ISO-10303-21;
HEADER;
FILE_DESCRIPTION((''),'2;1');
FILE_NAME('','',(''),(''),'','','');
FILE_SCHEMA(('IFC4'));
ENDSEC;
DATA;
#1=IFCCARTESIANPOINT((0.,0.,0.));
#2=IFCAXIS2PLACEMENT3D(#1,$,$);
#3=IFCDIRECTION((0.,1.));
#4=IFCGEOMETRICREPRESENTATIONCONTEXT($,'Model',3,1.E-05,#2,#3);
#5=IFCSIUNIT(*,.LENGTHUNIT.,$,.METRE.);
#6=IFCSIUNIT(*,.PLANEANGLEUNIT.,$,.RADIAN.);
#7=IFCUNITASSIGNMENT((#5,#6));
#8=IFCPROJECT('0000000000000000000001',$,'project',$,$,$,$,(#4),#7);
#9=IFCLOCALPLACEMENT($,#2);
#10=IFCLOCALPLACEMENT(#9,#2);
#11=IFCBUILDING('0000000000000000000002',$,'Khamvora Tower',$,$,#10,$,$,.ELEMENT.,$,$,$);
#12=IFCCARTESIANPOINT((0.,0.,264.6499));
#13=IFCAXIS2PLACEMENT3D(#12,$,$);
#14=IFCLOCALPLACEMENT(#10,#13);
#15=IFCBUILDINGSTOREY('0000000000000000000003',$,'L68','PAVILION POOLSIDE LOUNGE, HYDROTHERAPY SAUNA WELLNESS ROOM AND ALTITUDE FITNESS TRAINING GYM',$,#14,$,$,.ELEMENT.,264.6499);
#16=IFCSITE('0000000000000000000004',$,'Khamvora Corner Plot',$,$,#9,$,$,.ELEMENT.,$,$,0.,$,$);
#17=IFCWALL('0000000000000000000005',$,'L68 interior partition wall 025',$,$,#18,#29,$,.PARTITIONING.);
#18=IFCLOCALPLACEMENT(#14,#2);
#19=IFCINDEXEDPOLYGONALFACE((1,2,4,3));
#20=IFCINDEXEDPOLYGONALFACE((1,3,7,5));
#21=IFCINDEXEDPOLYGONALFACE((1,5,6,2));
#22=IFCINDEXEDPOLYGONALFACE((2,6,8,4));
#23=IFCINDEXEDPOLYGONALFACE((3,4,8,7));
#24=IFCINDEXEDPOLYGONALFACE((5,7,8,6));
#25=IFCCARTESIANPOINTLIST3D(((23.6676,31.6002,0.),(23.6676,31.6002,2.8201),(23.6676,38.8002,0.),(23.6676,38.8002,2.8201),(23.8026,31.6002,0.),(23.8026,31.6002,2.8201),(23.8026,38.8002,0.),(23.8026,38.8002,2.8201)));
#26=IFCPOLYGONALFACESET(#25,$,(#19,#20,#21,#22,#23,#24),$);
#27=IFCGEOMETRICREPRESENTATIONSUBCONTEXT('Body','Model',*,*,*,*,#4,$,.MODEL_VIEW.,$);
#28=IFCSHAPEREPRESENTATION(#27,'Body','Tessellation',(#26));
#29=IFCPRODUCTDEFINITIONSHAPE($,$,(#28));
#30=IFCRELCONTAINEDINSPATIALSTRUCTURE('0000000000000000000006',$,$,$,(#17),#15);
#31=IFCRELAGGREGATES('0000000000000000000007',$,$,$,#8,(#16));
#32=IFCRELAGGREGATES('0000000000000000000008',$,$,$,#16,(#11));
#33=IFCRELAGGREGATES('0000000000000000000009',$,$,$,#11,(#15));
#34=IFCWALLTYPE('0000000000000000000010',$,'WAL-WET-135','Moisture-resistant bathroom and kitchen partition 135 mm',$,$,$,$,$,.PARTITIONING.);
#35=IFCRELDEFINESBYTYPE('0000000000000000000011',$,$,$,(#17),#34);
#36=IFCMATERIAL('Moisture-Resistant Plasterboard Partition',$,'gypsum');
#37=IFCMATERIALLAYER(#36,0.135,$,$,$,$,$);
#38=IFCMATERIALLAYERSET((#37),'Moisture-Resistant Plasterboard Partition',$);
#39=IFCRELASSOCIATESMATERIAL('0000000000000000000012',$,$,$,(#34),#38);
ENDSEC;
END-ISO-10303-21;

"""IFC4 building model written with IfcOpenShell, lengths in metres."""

from ifc_helpers import new_model, si_unit, direction, frame, frame_2d, origin, place, context, subcontext, project, spatial, rectangle, extrude, material, layer, layer_set, type_object, element, save


model = new_model("IFC4")

# Units and contexts
model_context = context("Model", 3, precision=1e-05, world=origin(), true_north=direction((0.0, 1.0)))
body_context = subcontext(model_context, "Body", "Model", "MODEL_VIEW")
ifc_project = project(units=[si_unit("LENGTHUNIT", "METRE"), si_unit("PLANEANGLEUNIT", "RADIAN")], contexts=[model_context])

# Site, building, storey
site_placement = place(None, origin())
site = spatial("IfcSite", under=ifc_project, at=site_placement, Name="Khamvora Corner Plot", CompositionType="ELEMENT", RefElevation=0.0)
building_placement = place(site_placement, origin())
building = spatial("IfcBuilding", under=site, at=building_placement, Name="Khamvora Tower", CompositionType="ELEMENT")
storey_placement = place(building_placement, frame((0.0, 0.0, 264.6499)))
storey = spatial("IfcBuildingStorey", under=building, at=storey_placement, Name="L68", Description="PAVILION POOLSIDE LOUNGE, HYDROTHERAPY SAUNA WELLNESS ROOM AND ALTITUDE FITNESS TRAINING GYM", CompositionType="ELEMENT", Elevation=264.6499)

# Wall
ifc_material_1 = material(Name="Moisture-Resistant Plasterboard Partition", Category="gypsum")
ifc_layer_1 = layer(ifc_material_1, 0.135)
ifc_layer_set_1 = layer_set([ifc_layer_1], Name="Moisture-Resistant Plasterboard Partition")
wall_type_1 = type_object("IfcWallType", Name="WAL-WET-135", Description="Moisture-resistant bathroom and kitchen partition 135 mm", PredefinedType="PARTITIONING", material=ifc_layer_set_1)
wall_1_placement = place(storey_placement, frame((23.7351, 31.6001, 0.0), z_axis=(0.0, 0.0, 1.0), x_axis=(0.0, 1.0, 0.0)))
element("IfcWall", 1, at=wall_1_placement, inside=storey, type_object=wall_type_1, Name="L68 interior partition wall 025", PredefinedType="PARTITIONING", context=body_context, shape_type="SweptSolid", body=[
    extrude(rectangle(XDim=7.2, YDim=0.135, at=frame_2d((3.6001, 0.0))), origin(), (0.0, 0.0, 1.0), 2.8201),
])

save(model, "model.ifc")
